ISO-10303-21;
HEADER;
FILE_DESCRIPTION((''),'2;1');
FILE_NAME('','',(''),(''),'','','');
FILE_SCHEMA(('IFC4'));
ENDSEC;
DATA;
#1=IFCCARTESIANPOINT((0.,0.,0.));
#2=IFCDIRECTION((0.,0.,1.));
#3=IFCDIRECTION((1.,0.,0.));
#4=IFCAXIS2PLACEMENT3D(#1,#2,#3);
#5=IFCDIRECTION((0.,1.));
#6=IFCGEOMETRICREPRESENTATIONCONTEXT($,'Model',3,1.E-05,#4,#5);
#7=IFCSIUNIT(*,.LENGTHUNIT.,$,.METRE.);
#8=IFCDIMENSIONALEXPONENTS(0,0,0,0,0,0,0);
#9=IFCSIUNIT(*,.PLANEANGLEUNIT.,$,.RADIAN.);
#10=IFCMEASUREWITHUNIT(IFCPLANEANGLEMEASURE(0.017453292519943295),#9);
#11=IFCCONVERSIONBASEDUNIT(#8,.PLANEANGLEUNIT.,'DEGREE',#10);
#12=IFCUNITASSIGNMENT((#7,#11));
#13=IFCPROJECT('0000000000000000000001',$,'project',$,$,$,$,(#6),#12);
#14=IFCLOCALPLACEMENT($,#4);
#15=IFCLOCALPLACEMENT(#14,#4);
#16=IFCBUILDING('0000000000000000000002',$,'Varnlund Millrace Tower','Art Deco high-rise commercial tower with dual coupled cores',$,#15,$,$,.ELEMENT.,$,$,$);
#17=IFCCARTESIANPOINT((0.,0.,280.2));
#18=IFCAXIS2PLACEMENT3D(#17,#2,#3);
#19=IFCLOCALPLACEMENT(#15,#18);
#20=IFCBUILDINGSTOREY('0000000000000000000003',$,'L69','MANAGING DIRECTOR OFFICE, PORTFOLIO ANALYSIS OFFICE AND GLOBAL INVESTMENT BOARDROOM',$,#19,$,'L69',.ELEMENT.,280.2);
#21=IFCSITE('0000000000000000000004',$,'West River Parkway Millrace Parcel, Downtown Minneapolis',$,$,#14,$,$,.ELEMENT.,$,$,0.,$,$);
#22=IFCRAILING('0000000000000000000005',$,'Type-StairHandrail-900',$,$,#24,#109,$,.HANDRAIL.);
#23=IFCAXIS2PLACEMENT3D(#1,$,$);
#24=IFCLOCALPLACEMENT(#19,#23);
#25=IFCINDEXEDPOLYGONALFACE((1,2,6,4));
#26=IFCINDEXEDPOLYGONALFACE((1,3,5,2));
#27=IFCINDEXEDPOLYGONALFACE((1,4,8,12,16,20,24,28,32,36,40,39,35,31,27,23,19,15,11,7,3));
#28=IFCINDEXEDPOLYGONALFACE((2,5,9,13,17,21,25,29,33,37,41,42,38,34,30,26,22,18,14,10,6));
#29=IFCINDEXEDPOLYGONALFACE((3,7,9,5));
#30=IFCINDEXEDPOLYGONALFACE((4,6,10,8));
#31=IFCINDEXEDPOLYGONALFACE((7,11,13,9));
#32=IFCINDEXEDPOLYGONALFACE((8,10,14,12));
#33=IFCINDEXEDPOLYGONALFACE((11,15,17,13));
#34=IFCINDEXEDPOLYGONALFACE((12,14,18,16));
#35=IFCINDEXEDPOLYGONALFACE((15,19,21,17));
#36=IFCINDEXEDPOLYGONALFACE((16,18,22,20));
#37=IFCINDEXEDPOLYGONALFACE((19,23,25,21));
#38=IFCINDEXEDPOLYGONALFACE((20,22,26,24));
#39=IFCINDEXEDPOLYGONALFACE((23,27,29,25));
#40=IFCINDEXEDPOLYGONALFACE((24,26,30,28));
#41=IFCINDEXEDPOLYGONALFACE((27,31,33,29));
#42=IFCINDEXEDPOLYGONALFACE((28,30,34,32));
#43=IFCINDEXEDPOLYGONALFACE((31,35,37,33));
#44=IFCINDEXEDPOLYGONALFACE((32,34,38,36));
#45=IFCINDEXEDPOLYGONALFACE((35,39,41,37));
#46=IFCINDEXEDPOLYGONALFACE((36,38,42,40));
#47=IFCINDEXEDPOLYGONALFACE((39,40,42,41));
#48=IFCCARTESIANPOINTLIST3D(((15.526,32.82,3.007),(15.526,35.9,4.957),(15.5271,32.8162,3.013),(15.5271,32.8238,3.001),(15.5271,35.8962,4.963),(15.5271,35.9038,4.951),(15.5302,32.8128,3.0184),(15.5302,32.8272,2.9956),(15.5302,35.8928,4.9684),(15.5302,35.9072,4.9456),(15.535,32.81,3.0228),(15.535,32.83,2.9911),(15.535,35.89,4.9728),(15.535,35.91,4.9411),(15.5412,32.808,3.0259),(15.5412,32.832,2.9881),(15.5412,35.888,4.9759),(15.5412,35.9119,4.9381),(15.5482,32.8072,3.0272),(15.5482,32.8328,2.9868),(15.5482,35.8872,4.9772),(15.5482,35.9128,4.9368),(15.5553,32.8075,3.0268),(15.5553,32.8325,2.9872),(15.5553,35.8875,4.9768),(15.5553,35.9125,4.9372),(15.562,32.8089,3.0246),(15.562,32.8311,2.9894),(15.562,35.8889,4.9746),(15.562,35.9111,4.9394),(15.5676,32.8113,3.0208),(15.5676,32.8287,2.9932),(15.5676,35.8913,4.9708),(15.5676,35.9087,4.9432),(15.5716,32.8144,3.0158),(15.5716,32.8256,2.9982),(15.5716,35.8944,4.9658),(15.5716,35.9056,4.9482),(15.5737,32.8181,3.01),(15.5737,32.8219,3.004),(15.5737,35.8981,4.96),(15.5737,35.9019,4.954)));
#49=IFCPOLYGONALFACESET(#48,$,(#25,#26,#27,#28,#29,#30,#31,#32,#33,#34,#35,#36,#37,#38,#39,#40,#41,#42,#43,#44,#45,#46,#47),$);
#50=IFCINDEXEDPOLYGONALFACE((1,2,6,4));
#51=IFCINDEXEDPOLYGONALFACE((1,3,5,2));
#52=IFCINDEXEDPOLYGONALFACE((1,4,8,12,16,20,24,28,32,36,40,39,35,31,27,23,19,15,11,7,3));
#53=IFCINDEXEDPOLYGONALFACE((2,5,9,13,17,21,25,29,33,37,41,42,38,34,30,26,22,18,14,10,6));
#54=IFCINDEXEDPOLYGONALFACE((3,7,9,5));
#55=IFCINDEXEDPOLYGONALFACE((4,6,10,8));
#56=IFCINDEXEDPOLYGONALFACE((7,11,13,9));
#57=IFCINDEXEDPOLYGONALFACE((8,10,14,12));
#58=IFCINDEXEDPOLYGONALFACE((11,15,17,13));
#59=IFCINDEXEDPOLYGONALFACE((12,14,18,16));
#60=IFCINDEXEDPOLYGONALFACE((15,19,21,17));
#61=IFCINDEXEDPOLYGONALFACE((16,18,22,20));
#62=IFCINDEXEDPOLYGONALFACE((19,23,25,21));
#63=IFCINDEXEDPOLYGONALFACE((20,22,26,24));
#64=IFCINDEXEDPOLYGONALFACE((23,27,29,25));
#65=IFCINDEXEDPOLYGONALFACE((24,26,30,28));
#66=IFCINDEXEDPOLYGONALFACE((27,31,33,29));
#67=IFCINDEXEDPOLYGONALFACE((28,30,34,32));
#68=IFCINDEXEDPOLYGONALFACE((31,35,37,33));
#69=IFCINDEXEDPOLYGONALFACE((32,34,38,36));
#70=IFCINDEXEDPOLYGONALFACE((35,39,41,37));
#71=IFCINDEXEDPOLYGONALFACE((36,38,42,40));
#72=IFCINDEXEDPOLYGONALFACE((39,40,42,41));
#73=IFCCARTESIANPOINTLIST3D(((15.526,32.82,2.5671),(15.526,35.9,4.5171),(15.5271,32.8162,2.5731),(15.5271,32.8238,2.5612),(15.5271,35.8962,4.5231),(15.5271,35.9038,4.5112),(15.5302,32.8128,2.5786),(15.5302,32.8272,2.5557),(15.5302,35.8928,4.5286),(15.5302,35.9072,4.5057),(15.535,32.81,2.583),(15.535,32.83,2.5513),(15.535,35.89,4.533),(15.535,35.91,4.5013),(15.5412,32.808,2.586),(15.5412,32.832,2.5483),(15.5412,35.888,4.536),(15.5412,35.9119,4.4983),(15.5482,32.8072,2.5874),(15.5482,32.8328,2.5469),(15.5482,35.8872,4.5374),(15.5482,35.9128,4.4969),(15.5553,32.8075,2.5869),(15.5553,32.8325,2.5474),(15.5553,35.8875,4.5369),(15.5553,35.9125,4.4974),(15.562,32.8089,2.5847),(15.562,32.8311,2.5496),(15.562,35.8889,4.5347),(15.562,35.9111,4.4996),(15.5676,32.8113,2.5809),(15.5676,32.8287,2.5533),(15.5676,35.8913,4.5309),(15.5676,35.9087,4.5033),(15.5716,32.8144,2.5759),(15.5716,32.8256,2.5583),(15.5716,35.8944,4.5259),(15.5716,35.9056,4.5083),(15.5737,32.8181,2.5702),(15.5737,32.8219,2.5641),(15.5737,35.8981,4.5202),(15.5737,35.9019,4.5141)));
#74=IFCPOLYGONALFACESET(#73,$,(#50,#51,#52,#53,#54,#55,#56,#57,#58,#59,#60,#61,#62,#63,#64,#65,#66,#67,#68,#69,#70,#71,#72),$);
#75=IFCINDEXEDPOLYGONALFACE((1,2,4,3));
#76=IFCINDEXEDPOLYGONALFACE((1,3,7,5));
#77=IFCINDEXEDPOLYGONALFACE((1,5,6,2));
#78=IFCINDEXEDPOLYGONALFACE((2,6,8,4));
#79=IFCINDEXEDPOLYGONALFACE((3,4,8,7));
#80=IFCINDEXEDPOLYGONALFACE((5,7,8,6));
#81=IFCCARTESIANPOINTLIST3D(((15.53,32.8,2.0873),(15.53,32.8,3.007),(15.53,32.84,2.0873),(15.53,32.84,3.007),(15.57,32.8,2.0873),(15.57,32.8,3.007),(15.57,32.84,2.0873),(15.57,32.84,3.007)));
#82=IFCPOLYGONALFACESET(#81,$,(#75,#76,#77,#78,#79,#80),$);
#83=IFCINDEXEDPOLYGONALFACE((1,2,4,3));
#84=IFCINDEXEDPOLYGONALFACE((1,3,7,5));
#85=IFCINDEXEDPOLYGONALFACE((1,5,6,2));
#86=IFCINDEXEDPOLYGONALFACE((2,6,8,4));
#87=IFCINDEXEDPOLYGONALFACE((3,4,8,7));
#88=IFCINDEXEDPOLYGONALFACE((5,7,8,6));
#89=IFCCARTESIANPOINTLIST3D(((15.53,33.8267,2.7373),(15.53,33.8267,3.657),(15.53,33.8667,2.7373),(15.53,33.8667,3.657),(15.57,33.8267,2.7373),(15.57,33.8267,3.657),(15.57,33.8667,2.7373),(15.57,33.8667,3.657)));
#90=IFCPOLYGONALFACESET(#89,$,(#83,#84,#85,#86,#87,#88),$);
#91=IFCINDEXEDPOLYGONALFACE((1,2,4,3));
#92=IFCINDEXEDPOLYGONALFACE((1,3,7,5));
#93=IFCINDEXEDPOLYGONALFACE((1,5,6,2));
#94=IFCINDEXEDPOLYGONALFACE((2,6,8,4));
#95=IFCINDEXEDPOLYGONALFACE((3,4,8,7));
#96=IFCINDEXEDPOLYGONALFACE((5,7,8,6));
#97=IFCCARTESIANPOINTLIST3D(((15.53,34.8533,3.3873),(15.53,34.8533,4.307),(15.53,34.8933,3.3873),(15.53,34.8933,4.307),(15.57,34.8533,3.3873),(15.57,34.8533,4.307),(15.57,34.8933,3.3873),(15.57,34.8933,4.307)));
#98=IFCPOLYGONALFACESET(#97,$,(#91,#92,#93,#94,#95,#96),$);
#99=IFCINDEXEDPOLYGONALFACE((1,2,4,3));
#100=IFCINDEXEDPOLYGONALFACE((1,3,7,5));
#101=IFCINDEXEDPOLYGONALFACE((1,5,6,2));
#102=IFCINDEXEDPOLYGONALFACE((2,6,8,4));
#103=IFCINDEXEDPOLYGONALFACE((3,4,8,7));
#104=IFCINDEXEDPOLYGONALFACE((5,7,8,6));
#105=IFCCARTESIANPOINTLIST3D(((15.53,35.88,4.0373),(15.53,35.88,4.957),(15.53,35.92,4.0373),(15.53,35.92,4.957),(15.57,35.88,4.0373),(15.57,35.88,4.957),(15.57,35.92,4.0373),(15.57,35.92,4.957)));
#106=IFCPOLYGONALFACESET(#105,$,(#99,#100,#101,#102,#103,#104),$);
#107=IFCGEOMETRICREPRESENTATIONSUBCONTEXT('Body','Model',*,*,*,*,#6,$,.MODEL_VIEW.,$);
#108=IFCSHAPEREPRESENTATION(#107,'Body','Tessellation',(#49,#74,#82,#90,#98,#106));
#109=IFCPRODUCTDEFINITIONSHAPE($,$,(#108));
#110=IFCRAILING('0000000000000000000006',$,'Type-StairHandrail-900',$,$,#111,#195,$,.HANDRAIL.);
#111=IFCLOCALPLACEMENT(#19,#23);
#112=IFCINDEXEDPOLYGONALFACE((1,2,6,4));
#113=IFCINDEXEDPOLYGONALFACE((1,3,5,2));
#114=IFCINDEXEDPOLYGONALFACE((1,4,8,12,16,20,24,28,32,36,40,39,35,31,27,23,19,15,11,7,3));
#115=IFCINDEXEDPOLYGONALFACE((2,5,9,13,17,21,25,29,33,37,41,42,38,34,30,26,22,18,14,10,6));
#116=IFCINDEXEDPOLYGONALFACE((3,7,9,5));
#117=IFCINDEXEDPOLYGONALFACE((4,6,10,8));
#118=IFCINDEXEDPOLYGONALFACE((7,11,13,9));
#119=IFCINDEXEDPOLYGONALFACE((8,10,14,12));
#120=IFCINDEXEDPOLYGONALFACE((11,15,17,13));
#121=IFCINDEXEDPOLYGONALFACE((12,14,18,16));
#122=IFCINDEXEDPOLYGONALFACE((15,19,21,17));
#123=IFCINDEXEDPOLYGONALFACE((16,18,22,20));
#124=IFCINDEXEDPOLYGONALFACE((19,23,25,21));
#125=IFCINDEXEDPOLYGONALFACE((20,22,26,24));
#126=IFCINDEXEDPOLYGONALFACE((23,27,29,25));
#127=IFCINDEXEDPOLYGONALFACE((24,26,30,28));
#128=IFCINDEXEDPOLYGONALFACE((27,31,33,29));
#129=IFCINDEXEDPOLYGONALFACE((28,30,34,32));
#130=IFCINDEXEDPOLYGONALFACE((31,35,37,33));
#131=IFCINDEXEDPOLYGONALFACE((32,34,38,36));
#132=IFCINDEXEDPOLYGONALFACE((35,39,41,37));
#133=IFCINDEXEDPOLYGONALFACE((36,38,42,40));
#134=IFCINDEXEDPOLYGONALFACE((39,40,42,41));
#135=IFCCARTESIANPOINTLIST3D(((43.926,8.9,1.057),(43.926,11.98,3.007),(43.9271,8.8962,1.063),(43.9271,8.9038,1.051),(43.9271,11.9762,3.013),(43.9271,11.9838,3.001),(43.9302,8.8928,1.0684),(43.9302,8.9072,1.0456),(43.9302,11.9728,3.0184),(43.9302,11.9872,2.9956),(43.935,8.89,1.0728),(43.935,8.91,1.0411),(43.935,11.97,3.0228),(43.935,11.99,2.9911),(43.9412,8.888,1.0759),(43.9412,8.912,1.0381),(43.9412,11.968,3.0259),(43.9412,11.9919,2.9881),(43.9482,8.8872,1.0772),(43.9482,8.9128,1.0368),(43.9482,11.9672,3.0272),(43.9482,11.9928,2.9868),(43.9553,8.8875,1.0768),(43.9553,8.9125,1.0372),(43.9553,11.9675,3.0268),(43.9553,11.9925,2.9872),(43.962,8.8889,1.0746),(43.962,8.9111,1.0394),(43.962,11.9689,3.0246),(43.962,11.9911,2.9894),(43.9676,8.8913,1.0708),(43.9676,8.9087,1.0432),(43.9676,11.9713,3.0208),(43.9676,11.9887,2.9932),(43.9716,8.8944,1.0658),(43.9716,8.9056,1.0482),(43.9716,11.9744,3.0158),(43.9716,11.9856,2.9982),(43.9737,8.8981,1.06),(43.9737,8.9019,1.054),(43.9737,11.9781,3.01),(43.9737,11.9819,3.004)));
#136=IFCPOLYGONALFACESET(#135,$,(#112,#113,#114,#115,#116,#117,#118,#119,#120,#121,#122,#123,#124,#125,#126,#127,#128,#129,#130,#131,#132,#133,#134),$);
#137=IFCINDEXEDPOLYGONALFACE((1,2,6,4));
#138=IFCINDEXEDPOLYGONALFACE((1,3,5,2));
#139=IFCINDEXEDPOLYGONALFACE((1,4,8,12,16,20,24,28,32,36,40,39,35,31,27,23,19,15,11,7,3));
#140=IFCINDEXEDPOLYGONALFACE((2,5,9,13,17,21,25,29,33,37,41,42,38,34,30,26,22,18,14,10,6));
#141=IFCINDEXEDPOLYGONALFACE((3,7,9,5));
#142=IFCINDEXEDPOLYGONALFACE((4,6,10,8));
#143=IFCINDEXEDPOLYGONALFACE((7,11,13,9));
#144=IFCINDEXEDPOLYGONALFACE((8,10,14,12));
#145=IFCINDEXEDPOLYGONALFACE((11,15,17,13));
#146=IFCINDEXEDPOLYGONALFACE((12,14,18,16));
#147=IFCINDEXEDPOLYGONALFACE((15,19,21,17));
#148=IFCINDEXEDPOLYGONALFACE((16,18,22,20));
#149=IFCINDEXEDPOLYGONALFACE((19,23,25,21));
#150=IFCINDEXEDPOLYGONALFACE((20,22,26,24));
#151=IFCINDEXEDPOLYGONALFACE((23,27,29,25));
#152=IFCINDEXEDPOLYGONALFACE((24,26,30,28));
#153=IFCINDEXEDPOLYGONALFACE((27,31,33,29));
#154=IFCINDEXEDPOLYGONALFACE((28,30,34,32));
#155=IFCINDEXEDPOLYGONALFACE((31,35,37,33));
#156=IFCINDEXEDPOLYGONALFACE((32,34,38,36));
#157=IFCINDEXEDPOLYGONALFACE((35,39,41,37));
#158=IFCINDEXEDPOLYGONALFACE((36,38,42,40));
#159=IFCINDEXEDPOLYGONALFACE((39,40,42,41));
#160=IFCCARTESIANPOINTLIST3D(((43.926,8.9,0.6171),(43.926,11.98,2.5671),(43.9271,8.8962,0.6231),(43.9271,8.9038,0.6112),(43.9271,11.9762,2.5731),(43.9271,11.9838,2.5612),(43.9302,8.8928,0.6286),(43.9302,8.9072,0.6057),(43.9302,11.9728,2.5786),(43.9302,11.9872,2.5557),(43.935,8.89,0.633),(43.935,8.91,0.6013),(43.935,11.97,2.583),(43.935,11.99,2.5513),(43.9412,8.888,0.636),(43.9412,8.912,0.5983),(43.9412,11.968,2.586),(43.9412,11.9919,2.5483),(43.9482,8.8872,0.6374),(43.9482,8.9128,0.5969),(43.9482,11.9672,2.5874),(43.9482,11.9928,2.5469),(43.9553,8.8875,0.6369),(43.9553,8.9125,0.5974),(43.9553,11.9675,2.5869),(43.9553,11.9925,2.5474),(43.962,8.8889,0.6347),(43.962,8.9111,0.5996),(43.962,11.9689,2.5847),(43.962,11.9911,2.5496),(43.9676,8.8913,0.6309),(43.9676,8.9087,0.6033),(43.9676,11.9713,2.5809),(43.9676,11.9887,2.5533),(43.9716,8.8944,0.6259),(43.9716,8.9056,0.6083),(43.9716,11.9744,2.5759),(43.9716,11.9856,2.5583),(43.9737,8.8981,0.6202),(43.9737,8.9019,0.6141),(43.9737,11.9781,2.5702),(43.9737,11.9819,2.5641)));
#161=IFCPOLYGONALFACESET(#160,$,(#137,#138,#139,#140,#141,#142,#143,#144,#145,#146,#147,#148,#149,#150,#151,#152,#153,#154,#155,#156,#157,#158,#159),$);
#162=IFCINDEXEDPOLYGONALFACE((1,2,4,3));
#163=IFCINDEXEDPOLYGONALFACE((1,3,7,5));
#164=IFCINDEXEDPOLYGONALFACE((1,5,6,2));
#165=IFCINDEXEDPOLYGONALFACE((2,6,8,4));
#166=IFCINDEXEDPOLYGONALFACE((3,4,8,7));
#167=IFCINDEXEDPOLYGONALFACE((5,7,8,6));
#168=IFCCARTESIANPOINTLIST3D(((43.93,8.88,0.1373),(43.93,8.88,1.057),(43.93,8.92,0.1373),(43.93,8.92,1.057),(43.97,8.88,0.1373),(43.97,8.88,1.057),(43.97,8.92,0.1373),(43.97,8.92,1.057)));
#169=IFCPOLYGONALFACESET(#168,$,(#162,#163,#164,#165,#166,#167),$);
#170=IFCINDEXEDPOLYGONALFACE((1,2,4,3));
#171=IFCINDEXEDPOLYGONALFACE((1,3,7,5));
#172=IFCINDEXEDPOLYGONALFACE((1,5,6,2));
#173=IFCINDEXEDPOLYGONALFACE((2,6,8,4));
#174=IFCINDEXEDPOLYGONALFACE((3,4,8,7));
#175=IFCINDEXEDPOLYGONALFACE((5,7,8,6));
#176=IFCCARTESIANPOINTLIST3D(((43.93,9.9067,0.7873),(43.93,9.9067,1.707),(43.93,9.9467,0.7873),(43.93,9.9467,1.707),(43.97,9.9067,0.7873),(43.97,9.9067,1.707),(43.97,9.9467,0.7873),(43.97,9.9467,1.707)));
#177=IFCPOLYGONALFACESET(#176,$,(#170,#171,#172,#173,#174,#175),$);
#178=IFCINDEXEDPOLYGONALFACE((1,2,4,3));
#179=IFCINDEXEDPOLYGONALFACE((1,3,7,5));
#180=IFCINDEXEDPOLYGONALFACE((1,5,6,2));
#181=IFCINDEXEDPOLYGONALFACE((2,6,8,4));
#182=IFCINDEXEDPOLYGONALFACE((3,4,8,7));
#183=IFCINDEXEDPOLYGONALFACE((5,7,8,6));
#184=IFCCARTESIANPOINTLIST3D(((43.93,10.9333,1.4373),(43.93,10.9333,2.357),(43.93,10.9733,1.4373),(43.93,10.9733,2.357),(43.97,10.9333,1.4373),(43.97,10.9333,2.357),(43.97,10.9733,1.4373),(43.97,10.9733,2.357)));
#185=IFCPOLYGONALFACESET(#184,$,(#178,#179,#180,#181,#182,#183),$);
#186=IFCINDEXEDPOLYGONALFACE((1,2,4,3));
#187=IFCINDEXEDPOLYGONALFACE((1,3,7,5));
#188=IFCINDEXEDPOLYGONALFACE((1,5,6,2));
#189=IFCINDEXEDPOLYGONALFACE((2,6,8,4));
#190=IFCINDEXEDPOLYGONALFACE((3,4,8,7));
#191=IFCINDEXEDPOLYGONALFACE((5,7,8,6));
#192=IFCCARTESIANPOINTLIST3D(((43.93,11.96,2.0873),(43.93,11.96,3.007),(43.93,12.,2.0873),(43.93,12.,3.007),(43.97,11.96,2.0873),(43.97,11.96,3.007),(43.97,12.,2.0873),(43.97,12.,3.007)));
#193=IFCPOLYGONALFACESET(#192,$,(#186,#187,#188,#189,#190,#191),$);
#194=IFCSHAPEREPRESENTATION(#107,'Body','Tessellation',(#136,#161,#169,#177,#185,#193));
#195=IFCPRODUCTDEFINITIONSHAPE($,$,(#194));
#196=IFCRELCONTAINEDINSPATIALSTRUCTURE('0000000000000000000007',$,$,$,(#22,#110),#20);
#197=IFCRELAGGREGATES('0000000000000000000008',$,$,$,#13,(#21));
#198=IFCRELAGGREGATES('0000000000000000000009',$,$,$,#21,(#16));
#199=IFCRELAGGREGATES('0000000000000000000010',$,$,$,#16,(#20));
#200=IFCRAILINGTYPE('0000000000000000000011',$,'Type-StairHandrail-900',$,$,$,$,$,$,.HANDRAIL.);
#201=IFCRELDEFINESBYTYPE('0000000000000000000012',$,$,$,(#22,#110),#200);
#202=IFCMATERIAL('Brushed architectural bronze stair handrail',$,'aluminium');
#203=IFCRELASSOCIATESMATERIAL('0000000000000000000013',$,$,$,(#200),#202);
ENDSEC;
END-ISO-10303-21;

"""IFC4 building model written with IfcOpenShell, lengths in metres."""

from ifc_helpers import new_model, entity, si_unit, converted_unit, direction, frame, origin_with_axes, origin_2d_with_axis, place, context, subcontext, project, spatial, rectangle, circle, extrude, material, type_object, element, save


model = new_model("IFC4")

# Units and contexts
model_context = context("Model", 3, precision=1e-05, world=origin_with_axes(), true_north=direction((0.0, 1.0)))
body_context = subcontext(model_context, "Body", "Model", "MODEL_VIEW")
ifc_project = project(units=[si_unit("LENGTHUNIT", "METRE"), converted_unit("PLANEANGLEUNIT", "DEGREE", entity("IfcPlaneAngleMeasure", 0.017453292519943295), si_unit("PLANEANGLEUNIT", "RADIAN"), dimensions=[0, 0, 0, 0, 0, 0, 0])], contexts=[model_context])

# Site, building, storey
site_placement = place(None, origin_with_axes())
site = spatial("IfcSite", under=ifc_project, at=site_placement, Name="West River Parkway Millrace Parcel, Downtown Minneapolis", CompositionType="ELEMENT", RefElevation=0.0)
building_placement = place(site_placement, origin_with_axes())
building = spatial("IfcBuilding", under=site, at=building_placement, Name="Varnlund Millrace Tower", Description="Art Deco high-rise commercial tower with dual coupled cores", CompositionType="ELEMENT")
storey_placement = place(building_placement, frame((0.0, 0.0, 280.2), z_axis=(0.0, 0.0, 1.0), x_axis=(1.0, 0.0, 0.0)))
storey = spatial("IfcBuildingStorey", under=building, at=storey_placement, Name="L69", Description="MANAGING DIRECTOR OFFICE, PORTFOLIO ANALYSIS OFFICE AND GLOBAL INVESTMENT BOARDROOM", LongName="L69", CompositionType="ELEMENT", Elevation=280.2)

# Railings
ifc_material_1 = material(Name="Brushed architectural bronze stair handrail", Category="aluminium")
railing_type_1 = type_object("IfcRailingType", Name="Type-StairHandrail-900", PredefinedType="HANDRAIL", material=ifc_material_1)
railing_1_placement = place(storey_placement, frame((0.0, 0.0, -280.2), z_axis=(0.0, 0.0, 1.0), x_axis=(1.0, 0.0, 0.0)))
element("IfcRailing", 1, at=railing_1_placement, inside=storey, type_object=railing_type_1, Name="Type-StairHandrail-900", PredefinedType="HANDRAIL", context=body_context, shape_type="SweptSolid", body=[
    extrude(circle(Radius=0.024, at=origin_2d_with_axis()), frame((15.55, 32.82, 283.207), z_axis=(0.0, 0.844902, 0.534922), x_axis=(-1.0, 0.0, 0.0)), (0.0, 0.0, 1.0), 3.6454),
    extrude(circle(Radius=0.024, at=origin_2d_with_axis()), frame((15.55, 32.82, 282.7671), z_axis=(0.0, 0.844902, 0.534922), x_axis=(-1.0, 0.0, 0.0)), (0.0, 0.0, 1.0), 3.6454),
    extrude(rectangle(XDim=0.04, YDim=0.04, at=origin_2d_with_axis()), frame((15.55, 32.82, 282.2873), z_axis=(0.0, 0.0, 1.0), x_axis=(1.0, 0.0, 0.0)), (0.0, 0.0, 1.0), 0.9197),
    extrude(rectangle(XDim=0.04, YDim=0.04, at=origin_2d_with_axis()), frame((15.55, 33.8467, 282.9373), z_axis=(0.0, 0.0, 1.0), x_axis=(1.0, 0.0, 0.0)), (0.0, 0.0, 1.0), 0.9197),
    extrude(rectangle(XDim=0.04, YDim=0.04, at=origin_2d_with_axis()), frame((15.55, 34.8733, 283.5873), z_axis=(0.0, 0.0, 1.0), x_axis=(1.0, 0.0, 0.0)), (0.0, 0.0, 1.0), 0.9197),
    extrude(rectangle(XDim=0.04, YDim=0.04, at=origin_2d_with_axis()), frame((15.55, 35.9, 284.2373), z_axis=(0.0, 0.0, 1.0), x_axis=(1.0, 0.0, 0.0)), (0.0, 0.0, 1.0), 0.9197),
])
railing_2_placement = place(storey_placement, frame((0.0, 0.0, -280.2), z_axis=(0.0, 0.0, 1.0), x_axis=(1.0, 0.0, 0.0)))
element("IfcRailing", 2, at=railing_2_placement, inside=storey, type_object=railing_type_1, Name="Type-StairHandrail-900", PredefinedType="HANDRAIL", context=body_context, shape_type="SweptSolid", body=[
    extrude(circle(Radius=0.024, at=origin_2d_with_axis()), frame((43.95, 8.9, 281.257), z_axis=(0.0, 0.844902, 0.534922), x_axis=(-1.0, 0.0, 0.0)), (0.0, 0.0, 1.0), 3.6454),
    extrude(circle(Radius=0.024, at=origin_2d_with_axis()), frame((43.95, 8.9, 280.8171), z_axis=(0.0, 0.844902, 0.534922), x_axis=(-1.0, 0.0, 0.0)), (0.0, 0.0, 1.0), 3.6454),
    extrude(rectangle(XDim=0.04, YDim=0.04, at=origin_2d_with_axis()), frame((43.95, 8.9, 280.3373), z_axis=(0.0, 0.0, 1.0), x_axis=(1.0, 0.0, 0.0)), (0.0, 0.0, 1.0), 0.9197),
    extrude(rectangle(XDim=0.04, YDim=0.04, at=origin_2d_with_axis()), frame((43.95, 9.9267, 280.9873), z_axis=(0.0, 0.0, 1.0), x_axis=(1.0, 0.0, 0.0)), (0.0, 0.0, 1.0), 0.9197),
    extrude(rectangle(XDim=0.04, YDim=0.04, at=origin_2d_with_axis()), frame((43.95, 10.9533, 281.6373), z_axis=(0.0, 0.0, 1.0), x_axis=(1.0, 0.0, 0.0)), (0.0, 0.0, 1.0), 0.9197),
    extrude(rectangle(XDim=0.04, YDim=0.04, at=origin_2d_with_axis()), frame((43.95, 11.98, 282.2873), z_axis=(0.0, 0.0, 1.0), x_axis=(1.0, 0.0, 0.0)), (0.0, 0.0, 1.0), 0.9197),
])

save(model, "model.ifc")
